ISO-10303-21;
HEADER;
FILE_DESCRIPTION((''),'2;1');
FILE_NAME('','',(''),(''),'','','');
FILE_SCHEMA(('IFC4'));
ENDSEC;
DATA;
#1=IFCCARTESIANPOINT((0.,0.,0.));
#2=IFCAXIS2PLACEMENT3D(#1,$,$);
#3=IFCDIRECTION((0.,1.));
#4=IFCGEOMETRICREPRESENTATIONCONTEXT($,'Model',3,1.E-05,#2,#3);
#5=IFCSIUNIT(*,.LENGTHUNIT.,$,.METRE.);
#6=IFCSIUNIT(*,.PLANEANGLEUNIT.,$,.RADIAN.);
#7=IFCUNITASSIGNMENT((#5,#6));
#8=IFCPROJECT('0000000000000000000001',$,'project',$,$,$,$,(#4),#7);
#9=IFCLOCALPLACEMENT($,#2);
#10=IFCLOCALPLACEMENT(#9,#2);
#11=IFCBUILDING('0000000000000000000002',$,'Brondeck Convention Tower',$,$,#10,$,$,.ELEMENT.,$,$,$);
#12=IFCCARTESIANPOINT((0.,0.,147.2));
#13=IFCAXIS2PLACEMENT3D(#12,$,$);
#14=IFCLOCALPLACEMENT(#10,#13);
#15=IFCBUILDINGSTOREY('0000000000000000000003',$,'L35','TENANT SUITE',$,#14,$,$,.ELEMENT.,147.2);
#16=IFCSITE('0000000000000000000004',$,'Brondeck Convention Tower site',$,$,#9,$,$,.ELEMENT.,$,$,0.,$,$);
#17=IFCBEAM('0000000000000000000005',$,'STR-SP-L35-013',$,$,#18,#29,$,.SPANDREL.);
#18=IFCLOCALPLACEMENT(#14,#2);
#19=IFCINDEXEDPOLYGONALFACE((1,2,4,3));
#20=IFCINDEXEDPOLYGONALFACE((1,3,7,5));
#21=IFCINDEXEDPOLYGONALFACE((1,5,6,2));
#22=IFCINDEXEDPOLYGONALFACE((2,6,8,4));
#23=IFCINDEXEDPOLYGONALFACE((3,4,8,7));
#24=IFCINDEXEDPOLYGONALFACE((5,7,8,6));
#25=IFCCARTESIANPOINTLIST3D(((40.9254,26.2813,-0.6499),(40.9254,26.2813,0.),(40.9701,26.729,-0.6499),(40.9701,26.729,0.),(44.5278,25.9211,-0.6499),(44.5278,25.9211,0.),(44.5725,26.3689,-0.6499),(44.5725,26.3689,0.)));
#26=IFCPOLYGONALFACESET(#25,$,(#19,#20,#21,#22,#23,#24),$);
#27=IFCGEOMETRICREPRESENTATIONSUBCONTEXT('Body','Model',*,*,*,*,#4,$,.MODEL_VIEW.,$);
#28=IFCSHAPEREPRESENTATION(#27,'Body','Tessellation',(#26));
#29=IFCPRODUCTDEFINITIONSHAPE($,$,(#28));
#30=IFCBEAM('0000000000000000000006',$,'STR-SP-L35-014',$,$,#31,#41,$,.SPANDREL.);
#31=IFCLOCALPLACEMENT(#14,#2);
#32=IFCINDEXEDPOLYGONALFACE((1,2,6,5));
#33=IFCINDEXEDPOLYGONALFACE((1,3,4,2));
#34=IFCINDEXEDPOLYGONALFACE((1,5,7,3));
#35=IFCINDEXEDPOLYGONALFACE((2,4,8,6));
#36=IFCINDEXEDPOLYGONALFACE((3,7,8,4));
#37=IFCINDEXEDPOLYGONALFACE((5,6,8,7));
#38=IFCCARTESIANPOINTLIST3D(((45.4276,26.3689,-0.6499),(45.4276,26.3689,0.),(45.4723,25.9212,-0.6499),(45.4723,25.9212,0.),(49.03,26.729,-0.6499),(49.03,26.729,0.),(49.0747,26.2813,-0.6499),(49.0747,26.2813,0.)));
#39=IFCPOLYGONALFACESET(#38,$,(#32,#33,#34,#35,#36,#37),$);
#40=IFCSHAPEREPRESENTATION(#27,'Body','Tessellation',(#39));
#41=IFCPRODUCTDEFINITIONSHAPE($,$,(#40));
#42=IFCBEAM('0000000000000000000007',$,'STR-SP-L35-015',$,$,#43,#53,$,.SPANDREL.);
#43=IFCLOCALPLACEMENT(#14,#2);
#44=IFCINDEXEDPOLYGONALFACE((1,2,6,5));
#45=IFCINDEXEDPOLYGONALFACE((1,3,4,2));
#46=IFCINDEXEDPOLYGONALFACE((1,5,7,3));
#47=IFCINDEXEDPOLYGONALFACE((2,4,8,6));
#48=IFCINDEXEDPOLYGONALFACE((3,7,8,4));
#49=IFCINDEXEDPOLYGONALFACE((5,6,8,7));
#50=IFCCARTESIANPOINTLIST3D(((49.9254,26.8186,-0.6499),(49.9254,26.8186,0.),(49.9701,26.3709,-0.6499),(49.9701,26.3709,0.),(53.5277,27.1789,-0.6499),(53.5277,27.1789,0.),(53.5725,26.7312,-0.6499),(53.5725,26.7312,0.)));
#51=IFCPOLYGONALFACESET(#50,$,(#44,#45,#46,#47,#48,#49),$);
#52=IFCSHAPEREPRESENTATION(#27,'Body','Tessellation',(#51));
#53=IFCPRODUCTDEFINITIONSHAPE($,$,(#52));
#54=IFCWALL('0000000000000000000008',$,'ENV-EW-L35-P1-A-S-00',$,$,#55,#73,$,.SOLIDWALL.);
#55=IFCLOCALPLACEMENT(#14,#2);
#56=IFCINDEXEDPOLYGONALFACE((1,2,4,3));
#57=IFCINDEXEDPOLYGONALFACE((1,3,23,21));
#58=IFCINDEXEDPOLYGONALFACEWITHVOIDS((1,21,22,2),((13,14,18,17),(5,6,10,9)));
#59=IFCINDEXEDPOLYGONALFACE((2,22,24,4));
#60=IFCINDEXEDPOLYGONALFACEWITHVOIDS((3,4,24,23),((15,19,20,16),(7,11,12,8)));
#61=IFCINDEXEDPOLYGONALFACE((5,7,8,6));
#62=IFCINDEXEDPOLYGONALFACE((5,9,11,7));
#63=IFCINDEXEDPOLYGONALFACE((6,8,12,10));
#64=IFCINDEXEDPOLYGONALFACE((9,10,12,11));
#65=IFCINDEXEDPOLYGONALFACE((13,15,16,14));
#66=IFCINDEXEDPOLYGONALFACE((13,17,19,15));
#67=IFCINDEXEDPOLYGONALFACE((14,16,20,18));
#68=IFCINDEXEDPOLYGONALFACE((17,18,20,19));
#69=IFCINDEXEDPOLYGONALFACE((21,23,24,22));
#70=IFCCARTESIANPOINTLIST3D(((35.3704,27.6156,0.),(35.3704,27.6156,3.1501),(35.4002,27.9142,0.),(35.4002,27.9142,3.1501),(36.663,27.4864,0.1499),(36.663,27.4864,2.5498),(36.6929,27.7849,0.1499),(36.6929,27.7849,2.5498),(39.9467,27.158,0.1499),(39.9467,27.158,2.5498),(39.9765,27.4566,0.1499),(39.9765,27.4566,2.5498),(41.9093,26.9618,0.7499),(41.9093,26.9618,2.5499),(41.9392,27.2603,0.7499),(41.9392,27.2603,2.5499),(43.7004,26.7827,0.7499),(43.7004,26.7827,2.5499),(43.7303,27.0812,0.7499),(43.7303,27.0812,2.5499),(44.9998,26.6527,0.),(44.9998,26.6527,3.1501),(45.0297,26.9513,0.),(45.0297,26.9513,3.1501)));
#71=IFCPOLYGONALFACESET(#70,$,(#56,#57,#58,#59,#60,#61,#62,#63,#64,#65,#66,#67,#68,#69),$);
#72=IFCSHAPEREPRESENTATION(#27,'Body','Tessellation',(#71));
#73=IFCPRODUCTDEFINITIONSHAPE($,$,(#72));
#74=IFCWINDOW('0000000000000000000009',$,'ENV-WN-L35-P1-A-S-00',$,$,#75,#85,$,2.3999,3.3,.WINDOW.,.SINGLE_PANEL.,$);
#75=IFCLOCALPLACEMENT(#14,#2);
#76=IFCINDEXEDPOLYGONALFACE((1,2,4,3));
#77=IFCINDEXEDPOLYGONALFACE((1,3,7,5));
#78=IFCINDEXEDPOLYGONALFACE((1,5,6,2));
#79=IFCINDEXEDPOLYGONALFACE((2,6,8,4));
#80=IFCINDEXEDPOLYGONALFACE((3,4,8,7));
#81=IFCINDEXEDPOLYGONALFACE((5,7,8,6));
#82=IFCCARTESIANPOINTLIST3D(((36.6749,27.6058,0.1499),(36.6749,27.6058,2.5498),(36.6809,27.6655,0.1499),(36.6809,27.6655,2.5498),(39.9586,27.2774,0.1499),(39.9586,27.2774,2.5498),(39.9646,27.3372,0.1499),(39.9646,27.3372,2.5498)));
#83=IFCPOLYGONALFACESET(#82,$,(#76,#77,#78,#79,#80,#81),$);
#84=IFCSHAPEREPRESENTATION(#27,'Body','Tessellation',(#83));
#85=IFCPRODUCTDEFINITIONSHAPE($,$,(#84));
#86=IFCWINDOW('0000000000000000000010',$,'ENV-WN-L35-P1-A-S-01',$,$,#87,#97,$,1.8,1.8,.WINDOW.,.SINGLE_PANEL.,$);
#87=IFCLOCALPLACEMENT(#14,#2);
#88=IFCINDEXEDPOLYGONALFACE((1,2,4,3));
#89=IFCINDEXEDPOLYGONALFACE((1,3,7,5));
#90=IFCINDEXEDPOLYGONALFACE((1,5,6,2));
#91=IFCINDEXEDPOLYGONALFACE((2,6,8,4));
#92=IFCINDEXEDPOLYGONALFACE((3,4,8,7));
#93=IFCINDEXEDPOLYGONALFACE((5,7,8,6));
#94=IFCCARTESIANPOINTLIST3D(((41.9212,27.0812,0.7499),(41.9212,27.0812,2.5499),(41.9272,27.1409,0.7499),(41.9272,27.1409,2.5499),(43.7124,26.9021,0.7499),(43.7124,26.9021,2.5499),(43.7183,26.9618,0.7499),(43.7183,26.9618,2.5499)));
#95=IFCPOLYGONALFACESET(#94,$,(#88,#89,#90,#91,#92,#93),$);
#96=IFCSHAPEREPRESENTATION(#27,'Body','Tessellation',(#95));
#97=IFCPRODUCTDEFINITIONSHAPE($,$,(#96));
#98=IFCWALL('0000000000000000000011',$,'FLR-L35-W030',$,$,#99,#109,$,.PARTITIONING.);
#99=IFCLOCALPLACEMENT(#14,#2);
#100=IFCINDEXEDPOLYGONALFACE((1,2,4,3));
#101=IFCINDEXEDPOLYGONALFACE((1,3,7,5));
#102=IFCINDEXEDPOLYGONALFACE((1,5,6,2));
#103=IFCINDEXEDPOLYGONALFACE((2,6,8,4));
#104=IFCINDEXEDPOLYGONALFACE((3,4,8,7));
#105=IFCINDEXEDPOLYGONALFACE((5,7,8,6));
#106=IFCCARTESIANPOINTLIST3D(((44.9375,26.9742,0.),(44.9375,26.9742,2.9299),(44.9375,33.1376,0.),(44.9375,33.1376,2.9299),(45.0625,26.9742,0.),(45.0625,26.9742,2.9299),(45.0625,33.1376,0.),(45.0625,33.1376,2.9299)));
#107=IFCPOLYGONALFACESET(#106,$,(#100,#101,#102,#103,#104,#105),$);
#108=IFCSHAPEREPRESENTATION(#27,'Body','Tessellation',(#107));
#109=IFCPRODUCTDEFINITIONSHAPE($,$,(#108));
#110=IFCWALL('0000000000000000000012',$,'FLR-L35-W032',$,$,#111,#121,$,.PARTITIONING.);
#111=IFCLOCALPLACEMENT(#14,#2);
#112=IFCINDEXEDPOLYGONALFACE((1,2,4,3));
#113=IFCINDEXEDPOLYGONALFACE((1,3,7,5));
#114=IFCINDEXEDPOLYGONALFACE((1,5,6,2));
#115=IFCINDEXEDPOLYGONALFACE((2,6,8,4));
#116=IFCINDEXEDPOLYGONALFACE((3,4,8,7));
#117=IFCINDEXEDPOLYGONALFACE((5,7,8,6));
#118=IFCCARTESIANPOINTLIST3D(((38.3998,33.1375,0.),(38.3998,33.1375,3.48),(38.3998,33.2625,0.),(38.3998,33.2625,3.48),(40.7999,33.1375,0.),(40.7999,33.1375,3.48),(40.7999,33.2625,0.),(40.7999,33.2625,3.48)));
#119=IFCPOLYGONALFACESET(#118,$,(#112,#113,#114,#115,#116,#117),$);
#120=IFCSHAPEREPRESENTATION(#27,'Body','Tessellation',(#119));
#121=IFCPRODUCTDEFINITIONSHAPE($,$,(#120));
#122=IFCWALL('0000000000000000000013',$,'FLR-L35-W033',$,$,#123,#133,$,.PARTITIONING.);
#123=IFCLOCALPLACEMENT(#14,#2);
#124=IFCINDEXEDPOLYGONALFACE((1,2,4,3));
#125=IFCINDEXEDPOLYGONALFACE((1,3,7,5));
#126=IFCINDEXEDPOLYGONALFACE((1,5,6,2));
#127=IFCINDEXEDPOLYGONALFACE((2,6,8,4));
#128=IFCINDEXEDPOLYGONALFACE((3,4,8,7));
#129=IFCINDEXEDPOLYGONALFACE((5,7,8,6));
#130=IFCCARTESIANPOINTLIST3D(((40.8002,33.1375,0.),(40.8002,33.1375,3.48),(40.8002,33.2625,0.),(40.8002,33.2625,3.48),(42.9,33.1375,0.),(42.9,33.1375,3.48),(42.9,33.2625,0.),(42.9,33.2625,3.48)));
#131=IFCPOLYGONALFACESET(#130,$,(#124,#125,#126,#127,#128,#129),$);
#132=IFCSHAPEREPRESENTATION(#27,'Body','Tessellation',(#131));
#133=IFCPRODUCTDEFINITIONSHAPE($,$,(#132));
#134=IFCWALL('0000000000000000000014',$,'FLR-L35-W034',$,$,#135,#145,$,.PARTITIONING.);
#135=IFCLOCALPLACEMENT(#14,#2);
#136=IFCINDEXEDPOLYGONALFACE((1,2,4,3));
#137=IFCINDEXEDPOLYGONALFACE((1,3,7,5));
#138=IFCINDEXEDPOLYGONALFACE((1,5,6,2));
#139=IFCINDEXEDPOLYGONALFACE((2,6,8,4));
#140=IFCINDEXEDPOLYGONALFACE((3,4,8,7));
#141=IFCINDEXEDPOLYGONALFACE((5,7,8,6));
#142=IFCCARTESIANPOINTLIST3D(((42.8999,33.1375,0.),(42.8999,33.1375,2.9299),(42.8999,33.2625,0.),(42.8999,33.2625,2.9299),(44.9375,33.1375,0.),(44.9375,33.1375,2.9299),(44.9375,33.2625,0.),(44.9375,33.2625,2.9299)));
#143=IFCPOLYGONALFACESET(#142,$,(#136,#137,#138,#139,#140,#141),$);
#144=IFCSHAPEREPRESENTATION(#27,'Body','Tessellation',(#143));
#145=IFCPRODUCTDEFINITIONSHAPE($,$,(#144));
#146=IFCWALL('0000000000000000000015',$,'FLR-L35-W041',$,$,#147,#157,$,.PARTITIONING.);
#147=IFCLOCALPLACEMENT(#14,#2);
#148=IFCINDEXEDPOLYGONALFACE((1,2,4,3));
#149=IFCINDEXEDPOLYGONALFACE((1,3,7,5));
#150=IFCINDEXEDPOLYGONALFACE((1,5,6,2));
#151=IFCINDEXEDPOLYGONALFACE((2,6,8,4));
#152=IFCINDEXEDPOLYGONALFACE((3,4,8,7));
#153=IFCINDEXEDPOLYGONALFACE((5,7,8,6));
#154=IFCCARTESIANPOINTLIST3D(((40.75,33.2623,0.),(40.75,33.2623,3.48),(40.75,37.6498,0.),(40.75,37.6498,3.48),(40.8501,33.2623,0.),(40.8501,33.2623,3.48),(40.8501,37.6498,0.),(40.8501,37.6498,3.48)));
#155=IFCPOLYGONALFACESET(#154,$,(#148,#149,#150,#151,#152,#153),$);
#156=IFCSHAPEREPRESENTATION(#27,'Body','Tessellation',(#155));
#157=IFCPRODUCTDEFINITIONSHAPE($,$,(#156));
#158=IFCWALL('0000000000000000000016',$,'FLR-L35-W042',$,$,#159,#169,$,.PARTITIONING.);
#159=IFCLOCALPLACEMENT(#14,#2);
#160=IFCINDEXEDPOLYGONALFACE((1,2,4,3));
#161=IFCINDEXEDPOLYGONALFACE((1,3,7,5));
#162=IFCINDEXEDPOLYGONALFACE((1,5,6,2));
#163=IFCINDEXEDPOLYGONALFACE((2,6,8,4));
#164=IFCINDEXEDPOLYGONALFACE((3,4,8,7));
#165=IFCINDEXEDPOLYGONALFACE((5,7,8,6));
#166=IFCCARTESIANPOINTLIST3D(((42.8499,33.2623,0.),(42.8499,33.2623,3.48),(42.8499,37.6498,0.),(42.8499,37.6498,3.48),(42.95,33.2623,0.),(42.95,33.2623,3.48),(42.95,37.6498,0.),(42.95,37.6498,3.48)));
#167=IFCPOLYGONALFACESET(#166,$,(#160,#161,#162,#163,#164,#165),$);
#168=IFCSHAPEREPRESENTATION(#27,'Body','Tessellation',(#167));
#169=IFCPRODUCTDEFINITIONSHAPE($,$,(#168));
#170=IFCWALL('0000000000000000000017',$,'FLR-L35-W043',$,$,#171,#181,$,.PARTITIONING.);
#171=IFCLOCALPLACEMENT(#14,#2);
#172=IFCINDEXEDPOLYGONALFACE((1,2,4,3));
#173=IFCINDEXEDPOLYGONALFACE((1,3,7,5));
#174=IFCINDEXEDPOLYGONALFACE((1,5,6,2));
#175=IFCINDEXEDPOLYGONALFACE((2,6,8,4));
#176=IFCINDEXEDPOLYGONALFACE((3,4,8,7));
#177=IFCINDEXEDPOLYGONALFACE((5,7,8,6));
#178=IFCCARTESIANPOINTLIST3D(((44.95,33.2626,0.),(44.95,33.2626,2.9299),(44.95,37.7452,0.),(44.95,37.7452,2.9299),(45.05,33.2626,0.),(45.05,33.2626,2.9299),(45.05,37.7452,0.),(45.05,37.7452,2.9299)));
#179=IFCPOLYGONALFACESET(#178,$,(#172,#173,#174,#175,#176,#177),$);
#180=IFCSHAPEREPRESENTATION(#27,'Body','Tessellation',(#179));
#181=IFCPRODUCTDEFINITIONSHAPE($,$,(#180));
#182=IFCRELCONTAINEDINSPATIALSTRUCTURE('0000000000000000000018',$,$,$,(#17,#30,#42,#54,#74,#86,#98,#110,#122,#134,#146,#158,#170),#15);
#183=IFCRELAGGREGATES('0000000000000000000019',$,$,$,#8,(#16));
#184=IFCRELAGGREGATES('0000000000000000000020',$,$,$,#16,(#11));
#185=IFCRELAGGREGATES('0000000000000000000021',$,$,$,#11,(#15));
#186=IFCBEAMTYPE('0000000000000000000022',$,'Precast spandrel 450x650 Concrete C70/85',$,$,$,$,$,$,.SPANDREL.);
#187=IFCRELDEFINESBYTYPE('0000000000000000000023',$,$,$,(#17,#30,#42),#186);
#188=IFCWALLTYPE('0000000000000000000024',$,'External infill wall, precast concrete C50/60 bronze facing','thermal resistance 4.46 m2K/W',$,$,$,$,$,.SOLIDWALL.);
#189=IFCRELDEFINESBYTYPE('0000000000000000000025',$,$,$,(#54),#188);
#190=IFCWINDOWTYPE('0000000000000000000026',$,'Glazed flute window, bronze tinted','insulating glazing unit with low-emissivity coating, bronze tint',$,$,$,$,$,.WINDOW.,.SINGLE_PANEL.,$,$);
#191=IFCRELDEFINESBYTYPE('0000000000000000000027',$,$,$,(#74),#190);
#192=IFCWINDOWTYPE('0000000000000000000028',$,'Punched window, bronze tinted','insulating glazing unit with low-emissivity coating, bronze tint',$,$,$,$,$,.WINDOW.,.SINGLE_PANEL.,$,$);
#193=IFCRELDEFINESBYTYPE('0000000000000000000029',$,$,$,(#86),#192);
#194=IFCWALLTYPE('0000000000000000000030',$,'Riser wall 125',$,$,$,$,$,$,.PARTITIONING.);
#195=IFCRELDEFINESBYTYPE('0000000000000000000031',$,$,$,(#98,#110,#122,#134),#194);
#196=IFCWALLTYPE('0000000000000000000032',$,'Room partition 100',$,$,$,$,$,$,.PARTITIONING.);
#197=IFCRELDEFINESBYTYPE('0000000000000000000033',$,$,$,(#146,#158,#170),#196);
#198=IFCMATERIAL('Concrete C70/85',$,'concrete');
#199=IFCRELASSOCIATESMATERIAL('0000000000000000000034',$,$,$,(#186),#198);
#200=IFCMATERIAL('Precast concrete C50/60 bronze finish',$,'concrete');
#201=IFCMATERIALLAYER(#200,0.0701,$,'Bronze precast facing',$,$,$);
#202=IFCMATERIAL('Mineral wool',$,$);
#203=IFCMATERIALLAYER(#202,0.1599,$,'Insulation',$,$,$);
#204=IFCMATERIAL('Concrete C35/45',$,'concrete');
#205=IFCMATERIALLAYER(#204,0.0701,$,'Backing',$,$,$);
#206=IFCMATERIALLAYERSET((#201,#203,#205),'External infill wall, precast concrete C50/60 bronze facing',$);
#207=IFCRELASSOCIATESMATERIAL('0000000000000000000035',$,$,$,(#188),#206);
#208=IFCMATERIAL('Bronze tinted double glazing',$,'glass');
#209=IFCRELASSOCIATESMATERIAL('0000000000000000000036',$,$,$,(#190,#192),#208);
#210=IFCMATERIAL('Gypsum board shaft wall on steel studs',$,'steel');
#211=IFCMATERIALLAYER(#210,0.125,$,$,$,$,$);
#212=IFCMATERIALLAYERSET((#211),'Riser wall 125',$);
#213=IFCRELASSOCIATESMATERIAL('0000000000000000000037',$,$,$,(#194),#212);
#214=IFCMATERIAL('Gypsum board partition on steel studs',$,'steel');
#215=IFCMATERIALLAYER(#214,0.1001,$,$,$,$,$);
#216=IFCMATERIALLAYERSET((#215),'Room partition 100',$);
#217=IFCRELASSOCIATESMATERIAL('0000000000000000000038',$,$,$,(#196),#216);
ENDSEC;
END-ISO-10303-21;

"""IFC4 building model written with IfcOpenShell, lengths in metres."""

from ifc_helpers import new_model, si_unit, direction, frame, frame_2d, origin, origin_2d, place, context, subcontext, project, spatial, rectangle, extrude, material, layer, layer_set, material_profile, profile_set, type_object, element, fill, save


model = new_model("IFC4")

# Units and contexts
model_context = context("Model", 3, precision=1e-05, world=origin(), true_north=direction((0.0, 1.0)))
body_context = subcontext(model_context, "Body", "Model", "MODEL_VIEW")
ifc_project = project(units=[si_unit("LENGTHUNIT", "METRE"), si_unit("PLANEANGLEUNIT", "RADIAN")], contexts=[model_context])

# Site, building, storey
site_placement = place(None, origin())
site = spatial("IfcSite", under=ifc_project, at=site_placement, Name="Brondeck Convention Tower site", CompositionType="ELEMENT", RefElevation=0.0)
building_placement = place(site_placement, origin())
building = spatial("IfcBuilding", under=site, at=building_placement, Name="Brondeck Convention Tower", CompositionType="ELEMENT")
storey_placement = place(building_placement, frame((0.0, 0.0, 147.2)))
storey = spatial("IfcBuildingStorey", under=building, at=storey_placement, Name="L35", Description="TENANT SUITE", CompositionType="ELEMENT", Elevation=147.2)

# Shared definitions
ifc_material_1 = material(Name="Concrete C70/85", Category="concrete")

# Beams
ifc_material_profile_1 = material_profile(ifc_material_1, rectangle(XDim=0.45, YDim=0.6499, at=origin_2d()), Name="Precast spandrel 450x650 Concrete C70/85")
ifc_profile_set_1 = profile_set([ifc_material_profile_1], Name="Concrete C70/85")
beam_type_1 = type_object("IfcBeamType", Name="Precast spandrel 450x650 Concrete C70/85", PredefinedType="SPANDREL", material=ifc_profile_set_1)
for number, where, z_axis, x_axis, name in (
    (1, (40.9478, 26.5051, -0.325), (0.995041, -0.09947, 0.0), (0.09947, 0.995041, 0.0), "STR-SP-L35-013"),
    (2, (45.45, 26.145, -0.325), (0.995041, 0.09947, 0.0), (-0.09947, 0.995041, 0.0), "STR-SP-L35-014"),
    (3, (49.9478, 26.5947, -0.325), (0.995034, 0.099537, 0.0), (-0.099537, 0.995034, 0.0), "STR-SP-L35-015"),
):
    element("IfcBeam", number, at=place(storey_placement, frame(where, z_axis=z_axis, x_axis=x_axis)), inside=storey, type_object=beam_type_1, Name=name, PredefinedType="SPANDREL", context=body_context, shape_type="SweptSolid", body=[
        extrude(rectangle(XDim=0.45, YDim=0.6499, at=origin_2d()), origin(), (0.0, 0.0, 1.0), 3.6204),
    ])

# Wall, openings, windows
ifc_material_2 = material(Name="Precast concrete C50/60 bronze finish", Category="concrete")
ifc_layer_1 = layer(ifc_material_2, 0.0701, Name="Bronze precast facing")
ifc_material_3 = material(Name="Mineral wool")
ifc_layer_2 = layer(ifc_material_3, 0.1599, Name="Insulation")
ifc_material_4 = material(Name="Concrete C35/45", Category="concrete")
ifc_layer_3 = layer(ifc_material_4, 0.0701, Name="Backing")
ifc_layer_set_1 = layer_set([ifc_layer_1, ifc_layer_2, ifc_layer_3], Name="External infill wall, precast concrete C50/60 bronze facing")
wall_type_1 = type_object("IfcWallType", Name="External infill wall, precast concrete C50/60 bronze facing", Description="thermal resistance 4.46 m2K/W", PredefinedType="SOLIDWALL", material=ifc_layer_set_1)
wall_1_placement = place(storey_placement, frame((45.0149, 26.802, 0.0), z_axis=(0.0, 0.0, 1.0), x_axis=(-0.995038, 0.099499, 0.0)))
wall_1 = element("IfcWall", 4, at=wall_1_placement, inside=storey, type_object=wall_type_1, Name="ENV-EW-L35-P1-A-S-00", PredefinedType="SOLIDWALL", context=body_context, shape_type="SweptSolid", body=[
    extrude(rectangle(XDim=9.6775, YDim=0.3, at=frame_2d((4.8389, 0.0))), origin(), (0.0, 0.0, 1.0), 3.1501),
])
opening_1_placement = place(wall_1_placement, frame((1.3062, 0.0, 0.75)))
opening_1 = element("IfcOpeningElement", 5, at=opening_1_placement, cuts=wall_1, PredefinedType="OPENING", context=body_context, shape_type="SweptSolid", body=[
    extrude(rectangle(XDim=1.8, YDim=1.8, at=frame_2d((0.8999, 0.8999))), frame((0.0, 0.1599, 0.0), z_axis=(0.0, -1.0, 0.0), x_axis=(1.0, 0.0, 0.0)), (0.0, 0.0, 1.0), 0.3201),
])
opening_2_placement = place(wall_1_placement, frame((5.0786, 0.0, 0.1499)))
opening_2 = element("IfcOpeningElement", 6, at=opening_2_placement, cuts=wall_1, PredefinedType="OPENING", context=body_context, shape_type="SweptSolid", body=[
    extrude(rectangle(XDim=3.3, YDim=2.3999, at=frame_2d((1.6499, 1.2))), frame((0.0, 0.1599, 0.0), z_axis=(0.0, -1.0, 0.0), x_axis=(1.0, 0.0, 0.0)), (0.0, 0.0, 1.0), 0.3201),
])
ifc_material_5 = material(Name="Bronze tinted double glazing", Category="glass")
window_type_1 = type_object("IfcWindowType", Name="Glazed flute window, bronze tinted", Description="insulating glazing unit with low-emissivity coating, bronze tint", PartitioningType="SINGLE_PANEL", PredefinedType="WINDOW", material=ifc_material_5)
window_1_placement = place(opening_2_placement, origin())
window_1 = element("IfcWindow", 7, at=window_1_placement, inside=storey, type_object=window_type_1, Name="ENV-WN-L35-P1-A-S-00", OverallHeight=2.3999, OverallWidth=3.3, PartitioningType="SINGLE_PANEL", PredefinedType="WINDOW", context=body_context, shape_type="SweptSolid", body=[
    extrude(rectangle(XDim=3.3, YDim=2.3999, at=frame_2d((1.6499, 1.2))), frame((0.0, 0.03, 0.0), z_axis=(0.0, -1.0, 0.0), x_axis=(1.0, 0.0, 0.0)), (0.0, 0.0, 1.0), 0.0601),
])
fill(opening_2, window_1)
window_type_2 = type_object("IfcWindowType", Name="Punched window, bronze tinted", Description="insulating glazing unit with low-emissivity coating, bronze tint", PartitioningType="SINGLE_PANEL", PredefinedType="WINDOW", material=ifc_material_5)
window_2_placement = place(opening_1_placement, origin())
window_2 = element("IfcWindow", 8, at=window_2_placement, inside=storey, type_object=window_type_2, Name="ENV-WN-L35-P1-A-S-01", OverallHeight=1.8, OverallWidth=1.8, PartitioningType="SINGLE_PANEL", PredefinedType="WINDOW", context=body_context, shape_type="SweptSolid", body=[
    extrude(rectangle(XDim=1.8, YDim=1.8, at=frame_2d((0.8999, 0.8999))), frame((0.0, 0.03, 0.0), z_axis=(0.0, -1.0, 0.0), x_axis=(1.0, 0.0, 0.0)), (0.0, 0.0, 1.0), 0.0601),
])
fill(opening_1, window_2)

# Walls
ifc_material_6 = material(Name="Gypsum board shaft wall on steel studs", Category="steel")
ifc_layer_4 = layer(ifc_material_6, 0.125)
ifc_layer_set_2 = layer_set([ifc_layer_4], Name="Riser wall 125")
wall_type_2 = type_object("IfcWallType", Name="Riser wall 125", PredefinedType="PARTITIONING", material=ifc_layer_set_2)
wall_2_placement = place(storey_placement, frame((45.0, 33.1375, 0.0), z_axis=(0.0, 0.0, 1.0), x_axis=(0.0, -1.0, 0.0)))
element("IfcWall", 9, at=wall_2_placement, inside=storey, type_object=wall_type_2, Name="FLR-L35-W030", PredefinedType="PARTITIONING", context=body_context, shape_type="SweptSolid", body=[
    extrude(rectangle(XDim=6.1633, YDim=0.125, at=frame_2d((3.0815, 0.0))), origin(), (0.0, 0.0, 1.0), 2.9299),
])
wall_3_placement = place(storey_placement, frame((40.8, 33.2, 0.0), z_axis=(0.0, 0.0, 1.0), x_axis=(-1.0, 0.0, 0.0)))
element("IfcWall", 10, at=wall_3_placement, inside=storey, type_object=wall_type_2, Name="FLR-L35-W032", PredefinedType="PARTITIONING", context=body_context, shape_type="SweptSolid", body=[
    extrude(rectangle(XDim=2.4001, YDim=0.125, at=frame_2d((1.2002, 0.0))), origin(), (0.0, 0.0, 1.0), 3.48),
])
wall_4_placement = place(storey_placement, frame((42.8999, 33.2, 0.0), z_axis=(0.0, 0.0, 1.0), x_axis=(-1.0, 0.0, 0.0)))
element("IfcWall", 11, at=wall_4_placement, inside=storey, type_object=wall_type_2, Name="FLR-L35-W033", PredefinedType="PARTITIONING", context=body_context, shape_type="SweptSolid", body=[
    extrude(rectangle(XDim=2.0999, YDim=0.125, at=frame_2d((1.0498, 0.0))), origin(), (0.0, 0.0, 1.0), 3.48),
])
wall_5_placement = place(storey_placement, frame((44.9375, 33.2, 0.0), z_axis=(0.0, 0.0, 1.0), x_axis=(-1.0, 0.0, 0.0)))
element("IfcWall", 12, at=wall_5_placement, inside=storey, type_object=wall_type_2, Name="FLR-L35-W034", PredefinedType="PARTITIONING", context=body_context, shape_type="SweptSolid", body=[
    extrude(rectangle(XDim=2.0376, YDim=0.125, at=frame_2d((1.0188, 0.0))), origin(), (0.0, 0.0, 1.0), 2.9299),
])
ifc_material_7 = material(Name="Gypsum board partition on steel studs", Category="steel")
ifc_layer_5 = layer(ifc_material_7, 0.1001)
ifc_layer_set_3 = layer_set([ifc_layer_5], Name="Room partition 100")
wall_type_3 = type_object("IfcWallType", Name="Room partition 100", PredefinedType="PARTITIONING", material=ifc_layer_set_3)
for number, where, z_axis, x_axis, name in (
    (13, (40.8, 37.6499, 0.0), (0.0, 0.0, 1.0), (0.0, -1.0, 0.0), "FLR-L35-W041"),
    (14, (42.8999, 37.6499, 0.0), (0.0, 0.0, 1.0), (0.0, -1.0, 0.0), "FLR-L35-W042"),
):
    element("IfcWall", number, at=place(storey_placement, frame(where, z_axis=z_axis, x_axis=x_axis)), inside=storey, type_object=wall_type_3, Name=name, PredefinedType="PARTITIONING", context=body_context, shape_type="SweptSolid", body=[
        extrude(rectangle(XDim=4.3875, YDim=0.1001, at=frame_2d((2.1938, 0.0))), origin(), (0.0, 0.0, 1.0), 3.48),
    ])
wall_6_placement = place(storey_placement, frame((45.0, 37.7451, 0.0), z_axis=(0.0, 0.0, 1.0), x_axis=(0.0, -1.0, 0.0)))
element("IfcWall", 15, at=wall_6_placement, inside=storey, type_object=wall_type_3, Name="FLR-L35-W043", PredefinedType="PARTITIONING", context=body_context, shape_type="SweptSolid", body=[
    extrude(rectangle(XDim=4.4827, YDim=0.1001, at=frame_2d((2.2412, 0.0))), origin(), (0.0, 0.0, 1.0), 2.9299),
])

save(model, "model.ifc")
